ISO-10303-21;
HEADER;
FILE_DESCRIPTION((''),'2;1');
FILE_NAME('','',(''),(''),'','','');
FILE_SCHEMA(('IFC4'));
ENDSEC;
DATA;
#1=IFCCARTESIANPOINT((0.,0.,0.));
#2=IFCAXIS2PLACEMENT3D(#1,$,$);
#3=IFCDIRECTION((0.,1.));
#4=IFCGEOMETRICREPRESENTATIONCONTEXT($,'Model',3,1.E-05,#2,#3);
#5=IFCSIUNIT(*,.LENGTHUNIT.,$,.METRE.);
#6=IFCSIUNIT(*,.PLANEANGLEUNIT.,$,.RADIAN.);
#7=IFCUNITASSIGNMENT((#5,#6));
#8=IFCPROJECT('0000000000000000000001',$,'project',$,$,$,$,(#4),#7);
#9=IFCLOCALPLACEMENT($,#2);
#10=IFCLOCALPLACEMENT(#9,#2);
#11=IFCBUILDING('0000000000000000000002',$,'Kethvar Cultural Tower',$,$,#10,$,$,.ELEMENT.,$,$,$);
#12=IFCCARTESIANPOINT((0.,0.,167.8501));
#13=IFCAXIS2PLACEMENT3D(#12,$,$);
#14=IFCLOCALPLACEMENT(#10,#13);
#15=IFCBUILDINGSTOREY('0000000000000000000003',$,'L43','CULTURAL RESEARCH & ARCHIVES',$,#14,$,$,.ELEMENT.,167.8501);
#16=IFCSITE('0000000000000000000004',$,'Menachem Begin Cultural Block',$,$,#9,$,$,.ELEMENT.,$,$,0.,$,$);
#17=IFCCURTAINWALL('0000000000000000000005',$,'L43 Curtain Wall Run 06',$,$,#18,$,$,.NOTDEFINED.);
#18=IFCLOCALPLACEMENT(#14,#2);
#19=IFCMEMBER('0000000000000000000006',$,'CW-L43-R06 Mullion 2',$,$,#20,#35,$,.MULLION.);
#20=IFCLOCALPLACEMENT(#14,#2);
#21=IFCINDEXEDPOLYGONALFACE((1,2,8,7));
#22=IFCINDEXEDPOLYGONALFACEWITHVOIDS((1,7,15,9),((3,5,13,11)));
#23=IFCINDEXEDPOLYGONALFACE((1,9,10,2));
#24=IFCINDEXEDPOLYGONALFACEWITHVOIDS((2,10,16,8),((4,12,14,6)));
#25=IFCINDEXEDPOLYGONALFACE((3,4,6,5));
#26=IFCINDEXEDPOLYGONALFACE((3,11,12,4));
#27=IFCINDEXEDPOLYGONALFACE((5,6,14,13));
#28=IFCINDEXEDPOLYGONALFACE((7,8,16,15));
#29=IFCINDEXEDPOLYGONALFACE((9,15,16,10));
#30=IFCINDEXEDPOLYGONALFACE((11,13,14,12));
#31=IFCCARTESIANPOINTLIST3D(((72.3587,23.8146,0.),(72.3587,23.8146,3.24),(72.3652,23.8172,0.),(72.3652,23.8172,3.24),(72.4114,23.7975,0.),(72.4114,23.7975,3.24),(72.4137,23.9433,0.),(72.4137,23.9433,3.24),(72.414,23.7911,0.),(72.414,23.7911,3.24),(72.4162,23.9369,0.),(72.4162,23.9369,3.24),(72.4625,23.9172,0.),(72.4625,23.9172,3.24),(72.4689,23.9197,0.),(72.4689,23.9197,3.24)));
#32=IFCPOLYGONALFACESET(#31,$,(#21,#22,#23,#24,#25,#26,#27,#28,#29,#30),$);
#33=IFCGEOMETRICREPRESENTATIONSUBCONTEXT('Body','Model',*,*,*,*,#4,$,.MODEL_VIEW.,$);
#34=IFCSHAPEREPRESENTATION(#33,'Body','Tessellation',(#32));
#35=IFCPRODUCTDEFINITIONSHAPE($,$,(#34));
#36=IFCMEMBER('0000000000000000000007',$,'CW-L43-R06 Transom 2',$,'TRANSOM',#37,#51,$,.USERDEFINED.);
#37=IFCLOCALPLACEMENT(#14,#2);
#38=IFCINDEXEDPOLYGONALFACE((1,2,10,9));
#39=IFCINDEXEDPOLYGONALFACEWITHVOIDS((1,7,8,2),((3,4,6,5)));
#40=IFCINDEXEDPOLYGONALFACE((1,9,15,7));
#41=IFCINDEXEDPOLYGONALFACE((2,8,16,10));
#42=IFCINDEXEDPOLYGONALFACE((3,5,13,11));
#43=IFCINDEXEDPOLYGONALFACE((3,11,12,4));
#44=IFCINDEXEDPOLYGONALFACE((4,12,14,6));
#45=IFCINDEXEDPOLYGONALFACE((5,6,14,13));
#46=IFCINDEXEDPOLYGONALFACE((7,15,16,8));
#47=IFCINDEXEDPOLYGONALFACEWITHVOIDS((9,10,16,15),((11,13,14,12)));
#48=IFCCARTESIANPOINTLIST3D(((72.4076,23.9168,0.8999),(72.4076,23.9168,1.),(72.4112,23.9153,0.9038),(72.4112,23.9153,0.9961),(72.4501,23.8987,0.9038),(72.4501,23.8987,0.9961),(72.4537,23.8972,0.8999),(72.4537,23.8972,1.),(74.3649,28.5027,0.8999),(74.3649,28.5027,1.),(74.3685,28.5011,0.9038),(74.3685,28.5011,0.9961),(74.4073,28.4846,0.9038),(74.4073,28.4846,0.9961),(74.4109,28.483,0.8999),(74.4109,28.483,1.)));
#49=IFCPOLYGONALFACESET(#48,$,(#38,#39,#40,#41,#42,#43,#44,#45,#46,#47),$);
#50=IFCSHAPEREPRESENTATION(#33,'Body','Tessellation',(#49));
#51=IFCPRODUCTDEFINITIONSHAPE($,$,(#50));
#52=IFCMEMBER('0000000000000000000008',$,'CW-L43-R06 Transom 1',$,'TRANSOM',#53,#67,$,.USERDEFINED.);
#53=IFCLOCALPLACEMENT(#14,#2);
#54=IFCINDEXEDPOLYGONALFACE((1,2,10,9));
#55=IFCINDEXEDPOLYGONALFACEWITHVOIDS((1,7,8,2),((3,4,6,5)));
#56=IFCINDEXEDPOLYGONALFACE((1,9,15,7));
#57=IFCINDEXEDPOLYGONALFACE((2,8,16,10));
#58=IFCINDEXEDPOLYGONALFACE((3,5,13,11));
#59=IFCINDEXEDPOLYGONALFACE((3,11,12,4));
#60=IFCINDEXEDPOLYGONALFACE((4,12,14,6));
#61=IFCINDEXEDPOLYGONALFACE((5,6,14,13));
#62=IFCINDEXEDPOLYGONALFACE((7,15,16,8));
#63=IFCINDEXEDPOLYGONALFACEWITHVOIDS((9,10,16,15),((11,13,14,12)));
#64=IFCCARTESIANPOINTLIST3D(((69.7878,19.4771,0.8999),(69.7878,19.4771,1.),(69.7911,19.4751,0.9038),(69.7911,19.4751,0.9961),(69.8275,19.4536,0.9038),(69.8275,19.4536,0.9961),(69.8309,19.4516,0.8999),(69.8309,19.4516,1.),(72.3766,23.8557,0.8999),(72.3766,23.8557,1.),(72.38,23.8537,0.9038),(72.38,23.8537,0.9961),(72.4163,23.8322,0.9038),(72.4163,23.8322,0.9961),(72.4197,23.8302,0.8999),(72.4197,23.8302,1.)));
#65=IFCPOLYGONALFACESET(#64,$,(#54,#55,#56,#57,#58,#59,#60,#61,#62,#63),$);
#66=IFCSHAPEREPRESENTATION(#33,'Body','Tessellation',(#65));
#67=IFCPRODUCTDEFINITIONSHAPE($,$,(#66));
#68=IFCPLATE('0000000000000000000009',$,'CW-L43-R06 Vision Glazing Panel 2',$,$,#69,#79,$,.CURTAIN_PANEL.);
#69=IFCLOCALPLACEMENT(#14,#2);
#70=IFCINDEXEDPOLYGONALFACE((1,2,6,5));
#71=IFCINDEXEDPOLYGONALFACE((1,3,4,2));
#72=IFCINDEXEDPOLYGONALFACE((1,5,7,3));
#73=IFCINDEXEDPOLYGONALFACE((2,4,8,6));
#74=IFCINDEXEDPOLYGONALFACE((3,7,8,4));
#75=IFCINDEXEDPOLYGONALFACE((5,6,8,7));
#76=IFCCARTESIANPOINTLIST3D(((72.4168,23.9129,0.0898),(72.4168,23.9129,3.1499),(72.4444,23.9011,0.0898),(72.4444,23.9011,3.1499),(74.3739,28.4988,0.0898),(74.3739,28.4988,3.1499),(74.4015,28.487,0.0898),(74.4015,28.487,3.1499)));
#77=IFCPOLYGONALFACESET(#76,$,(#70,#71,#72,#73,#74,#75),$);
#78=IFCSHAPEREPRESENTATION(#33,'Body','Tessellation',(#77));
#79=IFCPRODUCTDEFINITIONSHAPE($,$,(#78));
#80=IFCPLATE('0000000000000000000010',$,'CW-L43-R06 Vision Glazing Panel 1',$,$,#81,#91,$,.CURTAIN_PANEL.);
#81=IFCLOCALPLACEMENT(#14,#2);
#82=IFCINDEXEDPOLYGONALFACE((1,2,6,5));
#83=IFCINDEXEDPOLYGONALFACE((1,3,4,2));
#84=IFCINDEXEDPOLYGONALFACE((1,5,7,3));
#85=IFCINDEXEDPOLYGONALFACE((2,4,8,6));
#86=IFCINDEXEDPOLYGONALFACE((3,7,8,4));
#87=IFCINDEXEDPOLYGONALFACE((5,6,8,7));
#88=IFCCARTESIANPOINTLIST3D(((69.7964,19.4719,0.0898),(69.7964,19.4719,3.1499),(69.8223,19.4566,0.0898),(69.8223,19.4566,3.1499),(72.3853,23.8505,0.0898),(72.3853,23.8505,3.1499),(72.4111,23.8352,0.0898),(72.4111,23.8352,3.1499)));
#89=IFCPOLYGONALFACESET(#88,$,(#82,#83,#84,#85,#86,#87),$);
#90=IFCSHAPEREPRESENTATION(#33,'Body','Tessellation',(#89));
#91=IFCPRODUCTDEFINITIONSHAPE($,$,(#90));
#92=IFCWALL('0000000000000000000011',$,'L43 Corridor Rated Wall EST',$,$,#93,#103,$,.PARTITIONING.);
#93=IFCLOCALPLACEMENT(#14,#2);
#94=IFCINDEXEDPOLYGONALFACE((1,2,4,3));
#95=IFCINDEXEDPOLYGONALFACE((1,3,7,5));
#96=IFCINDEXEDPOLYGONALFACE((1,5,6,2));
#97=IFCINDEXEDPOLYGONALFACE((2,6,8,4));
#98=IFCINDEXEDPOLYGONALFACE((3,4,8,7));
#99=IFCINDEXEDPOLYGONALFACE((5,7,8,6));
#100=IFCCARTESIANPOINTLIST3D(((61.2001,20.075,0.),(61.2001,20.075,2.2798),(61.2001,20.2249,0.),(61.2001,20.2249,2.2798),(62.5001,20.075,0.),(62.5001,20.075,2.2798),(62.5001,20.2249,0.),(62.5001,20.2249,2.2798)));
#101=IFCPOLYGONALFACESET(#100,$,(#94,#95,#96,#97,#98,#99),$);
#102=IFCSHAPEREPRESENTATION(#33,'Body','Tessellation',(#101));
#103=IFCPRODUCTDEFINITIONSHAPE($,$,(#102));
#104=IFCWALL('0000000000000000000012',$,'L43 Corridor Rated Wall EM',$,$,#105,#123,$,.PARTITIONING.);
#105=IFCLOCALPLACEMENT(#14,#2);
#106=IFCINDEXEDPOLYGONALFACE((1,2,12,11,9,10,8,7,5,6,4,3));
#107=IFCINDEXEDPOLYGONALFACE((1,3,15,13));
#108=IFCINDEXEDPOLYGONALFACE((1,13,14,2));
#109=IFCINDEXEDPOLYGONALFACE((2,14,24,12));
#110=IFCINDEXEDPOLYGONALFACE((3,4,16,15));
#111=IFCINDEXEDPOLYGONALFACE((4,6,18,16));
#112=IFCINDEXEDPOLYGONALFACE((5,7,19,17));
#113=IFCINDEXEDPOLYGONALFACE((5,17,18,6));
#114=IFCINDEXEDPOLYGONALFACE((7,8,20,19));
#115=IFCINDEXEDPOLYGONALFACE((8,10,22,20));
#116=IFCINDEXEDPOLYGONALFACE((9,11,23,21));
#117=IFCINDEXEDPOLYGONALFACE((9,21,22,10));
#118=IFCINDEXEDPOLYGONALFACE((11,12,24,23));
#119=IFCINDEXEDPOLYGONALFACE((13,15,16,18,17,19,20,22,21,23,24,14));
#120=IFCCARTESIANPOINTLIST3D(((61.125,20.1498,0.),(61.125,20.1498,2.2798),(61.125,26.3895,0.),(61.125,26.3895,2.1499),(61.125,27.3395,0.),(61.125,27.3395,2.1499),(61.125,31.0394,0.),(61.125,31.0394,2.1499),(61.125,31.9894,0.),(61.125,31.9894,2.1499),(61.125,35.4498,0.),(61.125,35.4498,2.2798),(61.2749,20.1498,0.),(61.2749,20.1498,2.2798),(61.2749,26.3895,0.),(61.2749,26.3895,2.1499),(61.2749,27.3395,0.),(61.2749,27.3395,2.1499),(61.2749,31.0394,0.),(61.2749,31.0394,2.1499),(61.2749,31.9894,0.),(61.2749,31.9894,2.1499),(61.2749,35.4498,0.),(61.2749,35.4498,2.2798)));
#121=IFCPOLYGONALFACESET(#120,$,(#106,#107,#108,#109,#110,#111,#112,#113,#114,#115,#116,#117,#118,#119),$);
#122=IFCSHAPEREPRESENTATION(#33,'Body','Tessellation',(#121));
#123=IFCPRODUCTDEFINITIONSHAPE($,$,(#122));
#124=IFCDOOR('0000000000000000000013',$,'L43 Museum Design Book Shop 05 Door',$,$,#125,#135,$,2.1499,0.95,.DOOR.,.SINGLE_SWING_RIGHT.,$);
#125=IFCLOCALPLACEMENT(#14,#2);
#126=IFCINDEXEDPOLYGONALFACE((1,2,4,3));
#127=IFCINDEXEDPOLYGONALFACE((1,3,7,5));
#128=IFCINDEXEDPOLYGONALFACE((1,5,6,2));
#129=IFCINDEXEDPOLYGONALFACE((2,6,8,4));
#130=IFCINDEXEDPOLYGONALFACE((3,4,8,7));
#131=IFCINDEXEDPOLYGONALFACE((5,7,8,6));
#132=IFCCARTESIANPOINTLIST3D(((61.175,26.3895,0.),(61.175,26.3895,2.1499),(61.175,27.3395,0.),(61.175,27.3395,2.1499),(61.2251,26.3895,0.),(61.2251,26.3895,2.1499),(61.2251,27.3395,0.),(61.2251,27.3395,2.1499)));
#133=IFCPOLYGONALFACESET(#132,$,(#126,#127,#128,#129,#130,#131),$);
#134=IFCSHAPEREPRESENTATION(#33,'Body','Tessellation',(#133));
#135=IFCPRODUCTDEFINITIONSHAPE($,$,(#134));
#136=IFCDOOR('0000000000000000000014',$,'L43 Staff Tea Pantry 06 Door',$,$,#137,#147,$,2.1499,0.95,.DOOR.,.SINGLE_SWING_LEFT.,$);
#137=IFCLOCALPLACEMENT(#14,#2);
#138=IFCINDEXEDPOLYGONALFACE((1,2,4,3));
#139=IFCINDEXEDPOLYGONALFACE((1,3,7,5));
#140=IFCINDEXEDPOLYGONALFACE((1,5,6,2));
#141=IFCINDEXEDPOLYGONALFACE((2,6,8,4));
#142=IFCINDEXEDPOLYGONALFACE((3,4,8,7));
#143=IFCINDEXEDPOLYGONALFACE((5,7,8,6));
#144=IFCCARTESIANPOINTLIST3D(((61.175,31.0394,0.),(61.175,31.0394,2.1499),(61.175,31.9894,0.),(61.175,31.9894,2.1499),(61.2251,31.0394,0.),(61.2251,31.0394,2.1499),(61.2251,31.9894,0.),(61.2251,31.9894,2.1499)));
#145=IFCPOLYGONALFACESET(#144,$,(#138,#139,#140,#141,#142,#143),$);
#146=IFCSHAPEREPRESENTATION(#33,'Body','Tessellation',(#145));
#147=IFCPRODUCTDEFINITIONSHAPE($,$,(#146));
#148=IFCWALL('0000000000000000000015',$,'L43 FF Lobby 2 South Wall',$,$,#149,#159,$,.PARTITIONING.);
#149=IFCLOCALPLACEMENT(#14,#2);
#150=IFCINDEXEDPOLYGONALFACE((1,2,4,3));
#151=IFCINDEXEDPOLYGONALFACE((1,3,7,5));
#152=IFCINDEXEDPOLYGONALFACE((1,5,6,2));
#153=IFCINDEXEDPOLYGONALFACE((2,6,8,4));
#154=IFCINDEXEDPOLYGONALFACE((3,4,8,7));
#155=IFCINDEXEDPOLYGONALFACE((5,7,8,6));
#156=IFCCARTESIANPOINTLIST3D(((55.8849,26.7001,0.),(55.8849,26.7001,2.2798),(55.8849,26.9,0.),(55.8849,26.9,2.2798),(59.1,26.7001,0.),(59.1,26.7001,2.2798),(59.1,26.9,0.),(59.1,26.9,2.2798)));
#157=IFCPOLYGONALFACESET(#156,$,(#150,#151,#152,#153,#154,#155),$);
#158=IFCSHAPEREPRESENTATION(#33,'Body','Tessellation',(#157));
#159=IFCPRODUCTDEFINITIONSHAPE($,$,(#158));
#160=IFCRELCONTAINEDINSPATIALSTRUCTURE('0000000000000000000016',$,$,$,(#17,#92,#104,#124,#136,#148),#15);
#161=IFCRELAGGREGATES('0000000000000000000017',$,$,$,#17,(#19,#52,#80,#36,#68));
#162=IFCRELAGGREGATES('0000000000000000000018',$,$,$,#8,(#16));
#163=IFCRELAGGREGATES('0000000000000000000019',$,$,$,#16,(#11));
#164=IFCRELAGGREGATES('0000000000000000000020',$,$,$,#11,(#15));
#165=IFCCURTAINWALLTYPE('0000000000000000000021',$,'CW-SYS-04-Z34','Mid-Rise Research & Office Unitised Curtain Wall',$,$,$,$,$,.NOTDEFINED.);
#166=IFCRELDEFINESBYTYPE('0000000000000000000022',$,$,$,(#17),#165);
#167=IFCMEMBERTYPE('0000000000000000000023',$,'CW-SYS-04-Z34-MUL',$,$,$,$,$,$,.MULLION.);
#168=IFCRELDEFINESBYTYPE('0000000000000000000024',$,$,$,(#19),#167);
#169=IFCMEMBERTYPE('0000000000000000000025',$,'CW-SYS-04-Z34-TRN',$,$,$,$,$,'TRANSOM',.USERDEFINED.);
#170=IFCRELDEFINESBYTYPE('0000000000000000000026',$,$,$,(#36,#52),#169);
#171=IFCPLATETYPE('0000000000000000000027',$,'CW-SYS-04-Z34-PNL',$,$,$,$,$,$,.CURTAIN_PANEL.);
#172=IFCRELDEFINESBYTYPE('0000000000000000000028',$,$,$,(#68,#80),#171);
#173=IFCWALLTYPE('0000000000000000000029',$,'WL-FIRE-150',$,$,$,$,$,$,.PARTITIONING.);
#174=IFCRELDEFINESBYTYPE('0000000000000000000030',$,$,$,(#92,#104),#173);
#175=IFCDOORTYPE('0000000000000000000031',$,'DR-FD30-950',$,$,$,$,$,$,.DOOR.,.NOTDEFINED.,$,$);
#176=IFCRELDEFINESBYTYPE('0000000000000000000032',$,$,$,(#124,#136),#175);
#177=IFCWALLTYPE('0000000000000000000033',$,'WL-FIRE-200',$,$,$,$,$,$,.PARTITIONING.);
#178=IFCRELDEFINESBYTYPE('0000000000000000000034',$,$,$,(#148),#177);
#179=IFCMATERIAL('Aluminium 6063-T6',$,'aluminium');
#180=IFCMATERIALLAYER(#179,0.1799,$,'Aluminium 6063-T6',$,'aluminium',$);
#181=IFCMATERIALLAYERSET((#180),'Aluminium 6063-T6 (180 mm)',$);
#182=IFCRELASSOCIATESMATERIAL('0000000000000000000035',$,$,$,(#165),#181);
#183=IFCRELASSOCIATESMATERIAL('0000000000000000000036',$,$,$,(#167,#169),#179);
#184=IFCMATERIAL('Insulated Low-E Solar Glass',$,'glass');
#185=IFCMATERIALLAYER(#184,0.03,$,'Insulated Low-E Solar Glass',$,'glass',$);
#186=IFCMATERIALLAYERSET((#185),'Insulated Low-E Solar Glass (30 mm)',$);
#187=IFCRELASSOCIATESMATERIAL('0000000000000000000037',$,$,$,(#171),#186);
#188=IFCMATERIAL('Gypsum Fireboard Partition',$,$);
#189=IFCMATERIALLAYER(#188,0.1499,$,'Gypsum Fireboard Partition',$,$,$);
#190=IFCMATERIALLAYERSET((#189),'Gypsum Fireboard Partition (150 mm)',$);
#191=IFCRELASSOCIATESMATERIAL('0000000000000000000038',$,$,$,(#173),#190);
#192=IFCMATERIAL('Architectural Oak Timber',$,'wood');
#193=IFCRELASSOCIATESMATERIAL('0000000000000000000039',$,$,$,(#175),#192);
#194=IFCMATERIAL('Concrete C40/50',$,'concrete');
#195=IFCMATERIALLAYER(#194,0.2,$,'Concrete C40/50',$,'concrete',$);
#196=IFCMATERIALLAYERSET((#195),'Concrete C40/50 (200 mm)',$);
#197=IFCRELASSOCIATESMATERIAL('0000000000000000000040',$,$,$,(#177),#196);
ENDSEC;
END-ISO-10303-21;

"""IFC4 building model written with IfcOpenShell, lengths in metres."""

from ifc_helpers import new_model, si_unit, direction, frame, frame_2d, origin, origin_2d, place, context, subcontext, project, spatial, rectangle, hollow_rectangle, extrude, source, transform, mapped, material, layer, layer_set, material_profile, profile_set, type_object, element, fill, aggregate, save


model = new_model("IFC4")

# Units and contexts
model_context = context("Model", 3, precision=1e-05, world=origin(), true_north=direction((0.0, 1.0)))
body_context = subcontext(model_context, "Body", "Model", "MODEL_VIEW")
ifc_project = project(units=[si_unit("LENGTHUNIT", "METRE"), si_unit("PLANEANGLEUNIT", "RADIAN")], contexts=[model_context])

# Site, building, storey
site_placement = place(None, origin())
site = spatial("IfcSite", under=ifc_project, at=site_placement, Name="Menachem Begin Cultural Block", CompositionType="ELEMENT", RefElevation=0.0)
building_placement = place(site_placement, origin())
building = spatial("IfcBuilding", under=site, at=building_placement, Name="Kethvar Cultural Tower", CompositionType="ELEMENT")
storey_placement = place(building_placement, frame((0.0, 0.0, 167.8501)))
storey = spatial("IfcBuildingStorey", under=building, at=storey_placement, Name="L43", Description="CULTURAL RESEARCH & ARCHIVES", CompositionType="ELEMENT", Elevation=167.8501)

# Shared definitions
ifc_material_1 = material(Name="Aluminium 6063-T6", Category="aluminium")
ifc_layer_1 = layer(ifc_material_1, 0.1799, Name="Aluminium 6063-T6", Category="aluminium")
ifc_layer_set_1 = layer_set([ifc_layer_1], Name="Aluminium 6063-T6 (180 mm)")
curtain_wall_type = type_object("IfcCurtainWallType", Name="CW-SYS-04-Z34", Description="Mid-Rise Research & Office Unitised Curtain Wall", PredefinedType="NOTDEFINED", material=ifc_layer_set_1)
ifc_material_profile_1 = material_profile(ifc_material_1, hollow_rectangle(XDim=0.0601, YDim=0.1399, WallThickness=0.0049, at=origin_2d()), Name="Aluminium 6063-T6 — RHS140x60x5")
ifc_profile_set_1 = profile_set([ifc_material_profile_1], Name="Aluminium 6063-T6 — RHS140x60x5")
member_type_1 = type_object("IfcMemberType", Name="CW-SYS-04-Z34-MUL", PredefinedType="MULLION", material=ifc_profile_set_1)
shared_shape_1 = source(origin(), body_context, "Body", "SweptSolid", [
    extrude(hollow_rectangle(XDim=0.0601, YDim=0.1399, WallThickness=0.0049, at=origin_2d()), origin(), (0.0, 0.0, 1.0), 3.24),
])

# Curtain wall, members, plates
curtain_wall_1_placement = place(storey_placement, origin())
curtain_wall_1 = element("IfcCurtainWall", 1, at=curtain_wall_1_placement, inside=storey, type_object=curtain_wall_type, Name="L43 Curtain Wall Run 06", PredefinedType="NOTDEFINED")
member_1_placement = place(storey_placement, frame((72.4138, 23.8672, 0.0), z_axis=(0.0, 0.0, 1.0), x_axis=(-0.919746, 0.392514, 0.0)))
member_1 = element("IfcMember", 2, at=member_1_placement, type_object=member_type_1, Name="CW-L43-R06 Mullion 2", PredefinedType="MULLION", context=body_context, shape_type="MappedRepresentation", body=[
    mapped(shared_shape_1, transform((0.0, 0.0, 0.0), scale=1.0)),
])
ifc_material_profile_2 = material_profile(ifc_material_1, hollow_rectangle(XDim=0.05, YDim=0.1001, WallThickness=0.0039, at=origin_2d()), Name="Aluminium 6063-T6 — RHS100x50x4")
ifc_profile_set_2 = profile_set([ifc_material_profile_2], Name="Aluminium 6063-T6 — RHS100x50x4")
member_type_2 = type_object("IfcMemberType", Name="CW-SYS-04-Z34-TRN", ElementType="TRANSOM", PredefinedType="USERDEFINED", material=ifc_profile_set_2)
shared_shape_2 = source(origin(), body_context, "Body", "SweptSolid", [
    extrude(hollow_rectangle(XDim=0.05, YDim=0.1001, WallThickness=0.0039, at=origin_2d()), origin(), (0.0, 0.0, 1.0), 4.9861),
])
member_2_placement = place(storey_placement, frame((72.4307, 23.907, 0.95), z_axis=(0.392542, 0.919734, 0.0), x_axis=(-0.919734, 0.392542, 0.0)))
member_2 = element("IfcMember", 3, at=member_2_placement, type_object=member_type_2, Name="CW-L43-R06 Transom 2", ObjectType="TRANSOM", PredefinedType="USERDEFINED", context=body_context, shape_type="MappedRepresentation", body=[
    mapped(shared_shape_2, transform((0.0, 0.0, 0.0), scale=1.0)),
])
shared_shape_3 = source(origin(), body_context, "Body", "SweptSolid", [
    extrude(hollow_rectangle(XDim=0.05, YDim=0.1001, WallThickness=0.0039, at=origin_2d()), origin(), (0.0, 0.0, 1.0), 5.0867),
])
member_3_placement = place(storey_placement, frame((69.8093, 19.4644, 0.95), z_axis=(0.508944, 0.860799, 0.0), x_axis=(-0.860799, 0.508944, 0.0)))
member_3 = element("IfcMember", 4, at=member_3_placement, type_object=member_type_2, Name="CW-L43-R06 Transom 1", ObjectType="TRANSOM", PredefinedType="USERDEFINED", context=body_context, shape_type="MappedRepresentation", body=[
    mapped(shared_shape_3, transform((0.0, 0.0, 0.0), scale=1.0)),
])
ifc_material_2 = material(Name="Insulated Low-E Solar Glass", Category="glass")
ifc_layer_2 = layer(ifc_material_2, 0.03, Name="Insulated Low-E Solar Glass", Category="glass")
ifc_layer_set_2 = layer_set([ifc_layer_2], Name="Insulated Low-E Solar Glass (30 mm)")
plate_type = type_object("IfcPlateType", Name="CW-SYS-04-Z34-PNL", PredefinedType="CURTAIN_PANEL", material=ifc_layer_set_2)
shared_shape_4 = source(origin(), body_context, "Body", "SweptSolid", [
    extrude(rectangle(XDim=4.9861, YDim=0.03, at=origin_2d()), origin(), (0.0, 0.0, 1.0), 3.0601),
])
plate_1_placement = place(storey_placement, frame((73.4092, 26.2, 0.0898), z_axis=(0.0, 0.0, 1.0), x_axis=(0.392514, 0.919746, 0.0)))
plate_1 = element("IfcPlate", 5, at=plate_1_placement, type_object=plate_type, Name="CW-L43-R06 Vision Glazing Panel 2", PredefinedType="CURTAIN_PANEL", context=body_context, shape_type="MappedRepresentation", body=[
    mapped(shared_shape_4, transform((0.0, 0.0, 0.0), scale=1.0)),
])
shared_shape_5 = source(origin(), body_context, "Body", "SweptSolid", [
    extrude(rectangle(XDim=5.0867, YDim=0.03, at=origin_2d()), origin(), (0.0, 0.0, 1.0), 3.0601),
])
plate_2_placement = place(storey_placement, frame((71.1038, 21.6536, 0.0898), z_axis=(0.0, 0.0, 1.0), x_axis=(0.508951, 0.860795, 0.0)))
plate_2 = element("IfcPlate", 6, at=plate_2_placement, type_object=plate_type, Name="CW-L43-R06 Vision Glazing Panel 1", PredefinedType="CURTAIN_PANEL", context=body_context, shape_type="MappedRepresentation", body=[
    mapped(shared_shape_5, transform((0.0, 0.0, 0.0), scale=1.0)),
])
aggregate(curtain_wall_1, [member_1, member_3, plate_2, member_2, plate_1])

# Wall
ifc_material_3 = material(Name="Gypsum Fireboard Partition")
ifc_layer_3 = layer(ifc_material_3, 0.1499, Name="Gypsum Fireboard Partition")
ifc_layer_set_3 = layer_set([ifc_layer_3], Name="Gypsum Fireboard Partition (150 mm)")
wall_type_1 = type_object("IfcWallType", Name="WL-FIRE-150", PredefinedType="PARTITIONING", material=ifc_layer_set_3)
wall_1_placement = place(storey_placement, frame((62.5, 20.1499, 0.0), z_axis=(0.0, 0.0, 1.0), x_axis=(-1.0, 0.0, 0.0)))
element("IfcWall", 7, at=wall_1_placement, inside=storey, type_object=wall_type_1, Name="L43 Corridor Rated Wall EST", PredefinedType="PARTITIONING", context=body_context, shape_type="SweptSolid", body=[
    extrude(rectangle(XDim=1.3, YDim=0.1499, at=frame_2d((0.6499, 0.0))), origin(), (0.0, 0.0, 1.0), 2.2798),
])

# Wall, openings, doors
wall_2_placement = place(storey_placement, frame((61.2, 20.1499, 0.0), z_axis=(0.0, 0.0, 1.0), x_axis=(0.0, 1.0, 0.0)))
wall_2 = element("IfcWall", 8, at=wall_2_placement, inside=storey, type_object=wall_type_1, Name="L43 Corridor Rated Wall EM", PredefinedType="PARTITIONING", context=body_context, shape_type="SweptSolid", body=[
    extrude(rectangle(XDim=15.3, YDim=0.1499, at=frame_2d((7.6499, 0.0))), origin(), (0.0, 0.0, 1.0), 2.2798),
])
opening_1_placement = place(wall_2_placement, frame((6.2395, 0.0, 0.0)))
opening_1 = element("IfcOpeningElement", 9, at=opening_1_placement, cuts=wall_2, PredefinedType="OPENING", context=body_context, shape_type="SweptSolid", body=[
    extrude(rectangle(XDim=0.95, YDim=2.1499, at=frame_2d((0.4751, 1.075))), frame((0.0, 0.085, 0.0), z_axis=(0.0, -1.0, 0.0), x_axis=(1.0, 0.0, 0.0)), (0.0, 0.0, 1.0), 0.1699),
])
opening_2_placement = place(wall_2_placement, frame((10.8894, 0.0, 0.0)))
opening_2 = element("IfcOpeningElement", 10, at=opening_2_placement, cuts=wall_2, PredefinedType="OPENING", context=body_context, shape_type="SweptSolid", body=[
    extrude(rectangle(XDim=0.95, YDim=2.1499, at=frame_2d((0.4751, 1.075))), frame((0.0, 0.085, 0.0), z_axis=(0.0, -1.0, 0.0), x_axis=(1.0, 0.0, 0.0)), (0.0, 0.0, 1.0), 0.1699),
])
ifc_material_4 = material(Name="Architectural Oak Timber", Category="wood")
door_type_1 = type_object("IfcDoorType", Name="DR-FD30-950", OperationType="NOTDEFINED", PredefinedType="DOOR", material=ifc_material_4)
shared_shape_6 = source(origin(), body_context, "Body", "SweptSolid", [
    extrude(rectangle(XDim=0.95, YDim=2.1499, at=frame_2d((0.4751, 1.075))), frame((0.0, 0.0249, 0.0), z_axis=(0.0, -1.0, 0.0), x_axis=(1.0, 0.0, 0.0)), (0.0, 0.0, 1.0), 0.05),
])
door_1_placement = place(opening_1_placement, origin())
door_1 = element("IfcDoor", 11, at=door_1_placement, inside=storey, type_object=door_type_1, Name="L43 Museum Design Book Shop 05 Door", OperationType="SINGLE_SWING_RIGHT", OverallHeight=2.1499, OverallWidth=0.95, PredefinedType="DOOR", context=body_context, shape_type="MappedRepresentation", body=[
    mapped(shared_shape_6, transform((0.0, 0.0, 0.0), scale=1.0)),
])
fill(opening_1, door_1)
door_2_placement = place(opening_2_placement, origin())
door_2 = element("IfcDoor", 12, at=door_2_placement, inside=storey, type_object=door_type_1, Name="L43 Staff Tea Pantry 06 Door", OperationType="SINGLE_SWING_LEFT", OverallHeight=2.1499, OverallWidth=0.95, PredefinedType="DOOR", context=body_context, shape_type="MappedRepresentation", body=[
    mapped(shared_shape_6, transform((0.0, 0.0, 0.0), scale=1.0)),
])
fill(opening_2, door_2)

# Shared definitions
ifc_material_5 = material(Name="Concrete C40/50", Category="concrete")
ifc_layer_4 = layer(ifc_material_5, 0.2, Name="Concrete C40/50", Category="concrete")
ifc_layer_set_4 = layer_set([ifc_layer_4], Name="Concrete C40/50 (200 mm)")
wall_type_2 = type_object("IfcWallType", Name="WL-FIRE-200", PredefinedType="PARTITIONING", material=ifc_layer_set_4)

# Wall
wall_3_placement = place(storey_placement, frame((55.885, 26.8, 0.0), z_axis=(0.0, 0.0, 1.0), x_axis=(1.0, 0.0, 0.0)))
element("IfcWall", 13, at=wall_3_placement, inside=storey, type_object=wall_type_2, Name="L43 FF Lobby 2 South Wall", PredefinedType="PARTITIONING", context=body_context, shape_type="SweptSolid", body=[
    extrude(rectangle(XDim=3.2151, YDim=0.2, at=frame_2d((1.6074, 0.0))), origin(), (0.0, 0.0, 1.0), 2.2798),
])

save(model, "model.ifc")
